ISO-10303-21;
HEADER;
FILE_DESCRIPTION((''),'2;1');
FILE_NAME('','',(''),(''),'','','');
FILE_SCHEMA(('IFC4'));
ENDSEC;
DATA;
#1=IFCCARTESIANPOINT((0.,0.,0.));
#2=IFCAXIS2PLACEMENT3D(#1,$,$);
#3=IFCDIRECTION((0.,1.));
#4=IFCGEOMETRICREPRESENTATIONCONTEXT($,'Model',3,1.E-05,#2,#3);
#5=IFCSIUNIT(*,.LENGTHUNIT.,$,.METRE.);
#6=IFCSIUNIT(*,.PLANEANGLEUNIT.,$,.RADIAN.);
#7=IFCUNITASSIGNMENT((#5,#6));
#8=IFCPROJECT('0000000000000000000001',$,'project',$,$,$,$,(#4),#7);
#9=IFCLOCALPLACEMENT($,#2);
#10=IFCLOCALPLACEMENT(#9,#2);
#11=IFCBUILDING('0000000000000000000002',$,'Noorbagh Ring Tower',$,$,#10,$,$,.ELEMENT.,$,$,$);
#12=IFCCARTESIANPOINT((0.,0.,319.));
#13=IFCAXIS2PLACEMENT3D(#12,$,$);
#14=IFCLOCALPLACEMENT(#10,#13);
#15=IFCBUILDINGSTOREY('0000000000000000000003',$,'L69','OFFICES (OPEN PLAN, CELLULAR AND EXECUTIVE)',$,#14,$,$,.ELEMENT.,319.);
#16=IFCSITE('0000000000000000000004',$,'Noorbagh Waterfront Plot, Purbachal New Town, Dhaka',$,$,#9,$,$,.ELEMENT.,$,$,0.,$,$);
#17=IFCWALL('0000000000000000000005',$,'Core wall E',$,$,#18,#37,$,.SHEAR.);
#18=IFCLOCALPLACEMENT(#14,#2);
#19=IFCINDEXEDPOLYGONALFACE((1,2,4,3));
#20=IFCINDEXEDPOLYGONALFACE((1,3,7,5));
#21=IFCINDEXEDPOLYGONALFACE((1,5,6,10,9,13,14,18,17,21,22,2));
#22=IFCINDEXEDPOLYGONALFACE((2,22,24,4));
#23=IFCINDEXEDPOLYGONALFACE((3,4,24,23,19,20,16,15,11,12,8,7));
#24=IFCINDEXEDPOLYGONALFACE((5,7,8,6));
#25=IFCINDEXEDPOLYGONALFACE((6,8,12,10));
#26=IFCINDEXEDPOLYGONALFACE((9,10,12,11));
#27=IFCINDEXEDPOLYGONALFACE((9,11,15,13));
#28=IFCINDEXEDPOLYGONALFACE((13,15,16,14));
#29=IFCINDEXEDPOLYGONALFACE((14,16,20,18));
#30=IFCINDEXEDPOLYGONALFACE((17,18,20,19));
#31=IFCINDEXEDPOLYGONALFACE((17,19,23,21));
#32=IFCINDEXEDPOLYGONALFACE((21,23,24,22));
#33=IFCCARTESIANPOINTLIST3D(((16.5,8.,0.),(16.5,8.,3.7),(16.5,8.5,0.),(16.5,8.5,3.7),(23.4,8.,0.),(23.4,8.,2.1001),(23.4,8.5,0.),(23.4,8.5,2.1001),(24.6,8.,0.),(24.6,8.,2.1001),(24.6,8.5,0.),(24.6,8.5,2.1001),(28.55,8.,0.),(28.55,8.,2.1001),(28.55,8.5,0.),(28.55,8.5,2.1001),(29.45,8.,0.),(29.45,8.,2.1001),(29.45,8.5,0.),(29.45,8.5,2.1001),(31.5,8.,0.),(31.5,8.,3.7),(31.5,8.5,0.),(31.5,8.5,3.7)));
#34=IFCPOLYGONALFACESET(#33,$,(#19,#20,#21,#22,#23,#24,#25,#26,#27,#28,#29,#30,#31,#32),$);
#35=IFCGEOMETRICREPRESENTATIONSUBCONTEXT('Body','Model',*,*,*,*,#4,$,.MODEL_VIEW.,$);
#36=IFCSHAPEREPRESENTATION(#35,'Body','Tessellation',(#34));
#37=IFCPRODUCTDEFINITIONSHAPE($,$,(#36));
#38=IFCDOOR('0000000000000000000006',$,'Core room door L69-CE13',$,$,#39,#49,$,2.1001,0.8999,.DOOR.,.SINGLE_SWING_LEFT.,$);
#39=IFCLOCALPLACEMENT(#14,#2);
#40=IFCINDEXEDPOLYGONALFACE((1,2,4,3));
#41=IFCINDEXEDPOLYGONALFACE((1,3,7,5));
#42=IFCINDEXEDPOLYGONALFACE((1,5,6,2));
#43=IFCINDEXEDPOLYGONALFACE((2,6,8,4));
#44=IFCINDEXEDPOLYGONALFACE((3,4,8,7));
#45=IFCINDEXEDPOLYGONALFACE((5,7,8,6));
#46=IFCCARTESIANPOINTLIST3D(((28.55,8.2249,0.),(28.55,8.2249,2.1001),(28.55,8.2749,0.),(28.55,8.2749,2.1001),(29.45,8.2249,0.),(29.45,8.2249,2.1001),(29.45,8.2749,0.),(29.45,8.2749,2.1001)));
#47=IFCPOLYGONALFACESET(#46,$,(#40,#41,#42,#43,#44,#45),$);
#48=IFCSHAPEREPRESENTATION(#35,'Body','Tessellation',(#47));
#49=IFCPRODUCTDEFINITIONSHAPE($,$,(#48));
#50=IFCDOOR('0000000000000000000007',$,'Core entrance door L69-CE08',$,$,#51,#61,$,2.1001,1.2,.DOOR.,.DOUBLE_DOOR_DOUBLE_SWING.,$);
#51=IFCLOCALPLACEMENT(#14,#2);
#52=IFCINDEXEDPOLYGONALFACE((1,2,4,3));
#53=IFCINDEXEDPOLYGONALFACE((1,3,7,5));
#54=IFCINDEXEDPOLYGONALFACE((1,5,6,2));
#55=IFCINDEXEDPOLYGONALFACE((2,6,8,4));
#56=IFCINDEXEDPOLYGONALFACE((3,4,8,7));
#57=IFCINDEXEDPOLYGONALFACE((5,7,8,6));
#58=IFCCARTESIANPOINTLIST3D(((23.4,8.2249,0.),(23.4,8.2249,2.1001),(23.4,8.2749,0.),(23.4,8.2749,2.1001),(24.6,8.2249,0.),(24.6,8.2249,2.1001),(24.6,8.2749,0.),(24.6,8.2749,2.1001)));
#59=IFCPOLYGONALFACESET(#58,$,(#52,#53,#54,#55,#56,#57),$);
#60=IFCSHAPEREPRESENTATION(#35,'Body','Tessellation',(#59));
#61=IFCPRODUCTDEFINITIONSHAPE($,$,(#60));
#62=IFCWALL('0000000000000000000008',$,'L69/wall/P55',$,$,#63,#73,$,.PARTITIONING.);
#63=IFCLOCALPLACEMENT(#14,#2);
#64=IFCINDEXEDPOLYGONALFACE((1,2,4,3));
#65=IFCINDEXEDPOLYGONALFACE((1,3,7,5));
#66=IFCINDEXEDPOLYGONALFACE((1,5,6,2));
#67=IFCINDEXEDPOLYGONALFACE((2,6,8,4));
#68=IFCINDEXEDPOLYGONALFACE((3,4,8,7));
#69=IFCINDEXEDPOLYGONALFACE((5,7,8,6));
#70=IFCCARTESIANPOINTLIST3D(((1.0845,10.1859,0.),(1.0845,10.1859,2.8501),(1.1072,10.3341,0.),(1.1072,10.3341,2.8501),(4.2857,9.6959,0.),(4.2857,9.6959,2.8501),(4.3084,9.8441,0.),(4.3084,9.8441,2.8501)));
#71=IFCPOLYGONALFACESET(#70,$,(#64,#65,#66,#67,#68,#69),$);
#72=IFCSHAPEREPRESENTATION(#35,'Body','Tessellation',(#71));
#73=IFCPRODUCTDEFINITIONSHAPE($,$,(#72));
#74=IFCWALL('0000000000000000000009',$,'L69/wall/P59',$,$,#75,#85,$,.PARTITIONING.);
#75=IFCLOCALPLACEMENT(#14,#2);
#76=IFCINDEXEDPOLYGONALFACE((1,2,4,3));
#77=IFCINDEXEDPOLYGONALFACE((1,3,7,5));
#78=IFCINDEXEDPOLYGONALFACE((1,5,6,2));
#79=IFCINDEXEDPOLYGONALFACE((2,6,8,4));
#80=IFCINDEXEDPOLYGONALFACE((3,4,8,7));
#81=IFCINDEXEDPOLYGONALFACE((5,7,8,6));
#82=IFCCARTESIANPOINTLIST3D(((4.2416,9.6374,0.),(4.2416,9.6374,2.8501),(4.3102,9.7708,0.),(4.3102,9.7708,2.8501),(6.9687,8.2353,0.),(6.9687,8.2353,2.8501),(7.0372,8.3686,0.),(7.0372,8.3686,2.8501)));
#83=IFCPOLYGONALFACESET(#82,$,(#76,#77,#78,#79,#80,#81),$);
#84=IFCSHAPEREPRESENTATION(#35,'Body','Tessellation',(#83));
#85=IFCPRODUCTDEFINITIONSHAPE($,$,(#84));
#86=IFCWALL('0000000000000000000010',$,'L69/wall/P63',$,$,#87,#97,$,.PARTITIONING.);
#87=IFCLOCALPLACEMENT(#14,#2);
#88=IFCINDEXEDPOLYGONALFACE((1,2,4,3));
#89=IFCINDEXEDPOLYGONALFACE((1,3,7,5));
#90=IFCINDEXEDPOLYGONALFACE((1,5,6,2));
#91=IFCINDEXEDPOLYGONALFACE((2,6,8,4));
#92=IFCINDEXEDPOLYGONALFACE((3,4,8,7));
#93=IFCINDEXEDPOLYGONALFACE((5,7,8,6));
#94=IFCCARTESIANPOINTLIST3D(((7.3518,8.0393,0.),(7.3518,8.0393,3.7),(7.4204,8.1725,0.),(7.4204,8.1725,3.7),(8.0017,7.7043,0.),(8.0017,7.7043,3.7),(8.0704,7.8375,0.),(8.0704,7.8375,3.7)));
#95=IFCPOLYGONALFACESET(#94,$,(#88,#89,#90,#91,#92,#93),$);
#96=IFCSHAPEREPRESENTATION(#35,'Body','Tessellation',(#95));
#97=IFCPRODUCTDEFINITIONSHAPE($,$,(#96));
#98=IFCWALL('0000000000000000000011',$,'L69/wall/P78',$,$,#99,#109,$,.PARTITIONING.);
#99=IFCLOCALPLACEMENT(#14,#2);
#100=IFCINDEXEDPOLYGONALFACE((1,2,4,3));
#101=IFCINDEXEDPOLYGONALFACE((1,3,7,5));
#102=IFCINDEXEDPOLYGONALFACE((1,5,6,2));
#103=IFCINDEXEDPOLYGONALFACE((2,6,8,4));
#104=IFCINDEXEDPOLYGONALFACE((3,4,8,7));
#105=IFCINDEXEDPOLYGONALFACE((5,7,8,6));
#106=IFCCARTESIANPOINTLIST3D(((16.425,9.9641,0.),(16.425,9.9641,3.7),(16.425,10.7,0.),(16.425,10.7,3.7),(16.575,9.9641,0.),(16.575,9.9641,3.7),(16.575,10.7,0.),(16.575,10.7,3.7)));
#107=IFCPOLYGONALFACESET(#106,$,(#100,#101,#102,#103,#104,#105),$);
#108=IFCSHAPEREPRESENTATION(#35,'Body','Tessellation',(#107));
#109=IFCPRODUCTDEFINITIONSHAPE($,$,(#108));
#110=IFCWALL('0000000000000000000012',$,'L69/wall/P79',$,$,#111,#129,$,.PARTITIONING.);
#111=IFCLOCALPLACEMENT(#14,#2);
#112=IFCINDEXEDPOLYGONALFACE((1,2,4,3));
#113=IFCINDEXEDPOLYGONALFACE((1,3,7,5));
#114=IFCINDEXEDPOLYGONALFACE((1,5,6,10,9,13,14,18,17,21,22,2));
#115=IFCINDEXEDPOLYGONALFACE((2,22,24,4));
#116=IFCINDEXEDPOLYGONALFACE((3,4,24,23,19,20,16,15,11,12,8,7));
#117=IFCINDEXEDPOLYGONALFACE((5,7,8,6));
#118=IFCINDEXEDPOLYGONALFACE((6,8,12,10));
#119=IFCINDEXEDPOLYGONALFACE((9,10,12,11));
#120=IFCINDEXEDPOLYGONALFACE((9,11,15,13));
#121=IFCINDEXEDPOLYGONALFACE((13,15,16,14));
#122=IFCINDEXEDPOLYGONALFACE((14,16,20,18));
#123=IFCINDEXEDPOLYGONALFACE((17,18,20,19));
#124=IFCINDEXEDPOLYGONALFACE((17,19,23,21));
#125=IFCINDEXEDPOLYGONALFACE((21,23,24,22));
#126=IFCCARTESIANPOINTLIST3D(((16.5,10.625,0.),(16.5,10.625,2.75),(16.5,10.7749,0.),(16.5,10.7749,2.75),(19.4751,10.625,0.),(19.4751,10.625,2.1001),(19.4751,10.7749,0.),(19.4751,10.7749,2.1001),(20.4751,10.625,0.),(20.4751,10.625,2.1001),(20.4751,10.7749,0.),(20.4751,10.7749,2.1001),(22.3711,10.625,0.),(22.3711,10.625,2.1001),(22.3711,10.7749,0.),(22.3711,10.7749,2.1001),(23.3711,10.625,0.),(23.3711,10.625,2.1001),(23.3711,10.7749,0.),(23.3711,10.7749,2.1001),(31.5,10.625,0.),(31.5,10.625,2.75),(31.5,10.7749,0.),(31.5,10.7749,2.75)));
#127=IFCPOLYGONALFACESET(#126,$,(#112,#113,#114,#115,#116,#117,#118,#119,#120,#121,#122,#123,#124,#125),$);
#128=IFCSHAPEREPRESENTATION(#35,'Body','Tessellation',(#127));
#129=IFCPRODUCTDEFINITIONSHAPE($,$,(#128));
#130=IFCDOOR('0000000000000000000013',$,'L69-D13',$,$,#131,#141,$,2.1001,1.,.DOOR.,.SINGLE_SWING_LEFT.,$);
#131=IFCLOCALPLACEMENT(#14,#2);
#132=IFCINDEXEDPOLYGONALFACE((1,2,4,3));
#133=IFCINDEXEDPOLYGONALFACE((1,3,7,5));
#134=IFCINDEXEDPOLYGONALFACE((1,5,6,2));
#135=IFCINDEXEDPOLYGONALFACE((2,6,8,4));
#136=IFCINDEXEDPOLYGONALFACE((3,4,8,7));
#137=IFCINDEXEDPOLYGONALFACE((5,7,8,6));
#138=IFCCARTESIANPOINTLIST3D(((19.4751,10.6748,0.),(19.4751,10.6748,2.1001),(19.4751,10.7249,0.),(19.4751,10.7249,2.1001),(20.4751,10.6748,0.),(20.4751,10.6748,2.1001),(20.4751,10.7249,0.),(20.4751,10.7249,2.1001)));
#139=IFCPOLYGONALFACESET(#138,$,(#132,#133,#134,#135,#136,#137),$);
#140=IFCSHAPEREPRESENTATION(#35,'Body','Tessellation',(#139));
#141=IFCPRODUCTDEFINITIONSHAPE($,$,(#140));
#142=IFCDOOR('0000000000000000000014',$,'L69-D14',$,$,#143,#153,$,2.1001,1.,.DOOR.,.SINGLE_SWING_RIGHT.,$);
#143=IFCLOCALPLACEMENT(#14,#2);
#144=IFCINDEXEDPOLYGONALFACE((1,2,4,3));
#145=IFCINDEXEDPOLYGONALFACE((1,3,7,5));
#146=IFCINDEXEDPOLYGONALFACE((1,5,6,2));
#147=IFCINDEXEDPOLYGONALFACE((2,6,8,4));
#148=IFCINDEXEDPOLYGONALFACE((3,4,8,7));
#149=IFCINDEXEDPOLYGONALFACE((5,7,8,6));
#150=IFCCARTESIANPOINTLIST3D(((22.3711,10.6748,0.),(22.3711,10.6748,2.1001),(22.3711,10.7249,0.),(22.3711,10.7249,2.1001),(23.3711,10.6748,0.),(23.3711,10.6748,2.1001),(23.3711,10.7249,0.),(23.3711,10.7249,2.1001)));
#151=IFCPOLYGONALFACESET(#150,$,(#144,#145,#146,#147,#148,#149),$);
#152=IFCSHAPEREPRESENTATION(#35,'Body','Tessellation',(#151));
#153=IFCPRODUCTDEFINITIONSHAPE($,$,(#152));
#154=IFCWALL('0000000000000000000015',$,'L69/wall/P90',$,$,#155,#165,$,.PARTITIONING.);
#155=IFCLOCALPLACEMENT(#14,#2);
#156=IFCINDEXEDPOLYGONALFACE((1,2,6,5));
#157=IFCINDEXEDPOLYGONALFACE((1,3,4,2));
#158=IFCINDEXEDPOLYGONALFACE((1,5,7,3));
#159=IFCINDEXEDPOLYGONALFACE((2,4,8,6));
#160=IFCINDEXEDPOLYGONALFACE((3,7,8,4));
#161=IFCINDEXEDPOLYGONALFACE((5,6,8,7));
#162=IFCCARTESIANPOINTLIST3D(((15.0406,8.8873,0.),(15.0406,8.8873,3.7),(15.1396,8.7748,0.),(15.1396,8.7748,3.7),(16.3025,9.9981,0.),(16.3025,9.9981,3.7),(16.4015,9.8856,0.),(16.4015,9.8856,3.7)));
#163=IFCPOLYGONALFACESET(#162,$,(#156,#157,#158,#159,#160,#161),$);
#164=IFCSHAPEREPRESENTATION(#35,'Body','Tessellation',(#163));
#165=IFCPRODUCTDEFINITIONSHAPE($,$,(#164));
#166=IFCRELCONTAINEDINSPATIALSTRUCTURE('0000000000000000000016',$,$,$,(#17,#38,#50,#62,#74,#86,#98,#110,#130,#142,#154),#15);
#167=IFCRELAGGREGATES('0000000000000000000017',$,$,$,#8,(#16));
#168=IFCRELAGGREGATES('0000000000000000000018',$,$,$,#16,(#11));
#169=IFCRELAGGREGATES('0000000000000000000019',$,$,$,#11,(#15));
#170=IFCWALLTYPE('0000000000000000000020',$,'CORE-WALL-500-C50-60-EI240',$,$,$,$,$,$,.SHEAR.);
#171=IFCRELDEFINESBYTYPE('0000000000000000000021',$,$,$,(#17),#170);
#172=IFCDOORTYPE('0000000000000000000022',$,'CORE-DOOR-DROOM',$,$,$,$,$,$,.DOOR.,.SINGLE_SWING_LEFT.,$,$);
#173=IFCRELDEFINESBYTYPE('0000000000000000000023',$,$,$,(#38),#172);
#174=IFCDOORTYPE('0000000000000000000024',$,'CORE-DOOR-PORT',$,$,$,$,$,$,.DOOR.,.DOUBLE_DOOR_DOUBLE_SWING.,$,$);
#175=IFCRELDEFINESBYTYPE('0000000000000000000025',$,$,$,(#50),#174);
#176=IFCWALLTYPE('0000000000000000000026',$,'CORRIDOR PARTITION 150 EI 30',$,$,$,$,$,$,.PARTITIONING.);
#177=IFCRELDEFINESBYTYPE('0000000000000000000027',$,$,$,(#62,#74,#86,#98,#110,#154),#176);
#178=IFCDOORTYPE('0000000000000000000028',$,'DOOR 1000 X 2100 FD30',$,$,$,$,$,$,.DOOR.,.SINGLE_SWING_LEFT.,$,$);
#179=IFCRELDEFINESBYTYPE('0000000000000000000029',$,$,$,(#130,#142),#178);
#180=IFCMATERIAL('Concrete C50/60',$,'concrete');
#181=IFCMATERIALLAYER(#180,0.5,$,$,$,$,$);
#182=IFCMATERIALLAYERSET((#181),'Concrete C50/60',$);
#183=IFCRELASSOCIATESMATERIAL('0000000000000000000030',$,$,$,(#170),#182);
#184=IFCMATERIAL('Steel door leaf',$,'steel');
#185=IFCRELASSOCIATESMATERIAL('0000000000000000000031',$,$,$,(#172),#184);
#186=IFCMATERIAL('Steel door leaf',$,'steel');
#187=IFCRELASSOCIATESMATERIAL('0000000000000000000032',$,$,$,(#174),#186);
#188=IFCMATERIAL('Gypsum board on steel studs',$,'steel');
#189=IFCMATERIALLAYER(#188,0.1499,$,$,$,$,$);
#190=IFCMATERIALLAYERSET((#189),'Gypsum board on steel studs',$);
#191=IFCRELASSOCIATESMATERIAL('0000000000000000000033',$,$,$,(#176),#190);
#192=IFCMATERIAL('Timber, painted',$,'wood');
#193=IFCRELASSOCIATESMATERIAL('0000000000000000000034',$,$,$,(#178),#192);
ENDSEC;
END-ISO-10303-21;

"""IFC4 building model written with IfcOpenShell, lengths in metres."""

from ifc_helpers import new_model, si_unit, direction, frame, frame_2d, origin, place, context, subcontext, project, spatial, rectangle, extrude, material, layer, layer_set, type_object, element, fill, save


model = new_model("IFC4")

# Units and contexts
model_context = context("Model", 3, precision=1e-05, world=origin(), true_north=direction((0.0, 1.0)))
body_context = subcontext(model_context, "Body", "Model", "MODEL_VIEW")
ifc_project = project(units=[si_unit("LENGTHUNIT", "METRE"), si_unit("PLANEANGLEUNIT", "RADIAN")], contexts=[model_context])

# Site, building, storey
site_placement = place(None, origin())
site = spatial("IfcSite", under=ifc_project, at=site_placement, Name="Noorbagh Waterfront Plot, Purbachal New Town, Dhaka", CompositionType="ELEMENT", RefElevation=0.0)
building_placement = place(site_placement, origin())
building = spatial("IfcBuilding", under=site, at=building_placement, Name="Noorbagh Ring Tower", CompositionType="ELEMENT")
storey_placement = place(building_placement, frame((0.0, 0.0, 319.0)))
storey = spatial("IfcBuildingStorey", under=building, at=storey_placement, Name="L69", Description="OFFICES (OPEN PLAN, CELLULAR AND EXECUTIVE)", CompositionType="ELEMENT", Elevation=319.0)

# Wall, openings, doors
ifc_material_1 = material(Name="Concrete C50/60", Category="concrete")
ifc_layer_1 = layer(ifc_material_1, 0.5)
ifc_layer_set_1 = layer_set([ifc_layer_1], Name="Concrete C50/60")
wall_type_1 = type_object("IfcWallType", Name="CORE-WALL-500-C50-60-EI240", PredefinedType="SHEAR", material=ifc_layer_set_1)
wall_1_placement = place(storey_placement, frame((16.5, 8.25, 0.0), z_axis=(0.0, 0.0, 1.0), x_axis=(1.0, 0.0, 0.0)))
wall_1 = element("IfcWall", 1, at=wall_1_placement, inside=storey, type_object=wall_type_1, Name="Core wall E", PredefinedType="SHEAR", context=body_context, shape_type="SweptSolid", body=[
    extrude(rectangle(XDim=15.0, YDim=0.5, at=frame_2d((7.5, 0.0))), origin(), (0.0, 0.0, 1.0), 3.7),
])
opening_1_placement = place(wall_1_placement, frame((6.8999, 0.0, 0.0)))
opening_1 = element("IfcOpeningElement", 2, at=opening_1_placement, cuts=wall_1, PredefinedType="OPENING", context=body_context, shape_type="SweptSolid", body=[
    extrude(rectangle(XDim=1.2, YDim=2.1001, at=frame_2d((0.6001, 1.05))), frame((0.0, 0.26, 0.0), z_axis=(0.0, -1.0, 0.0), x_axis=(1.0, 0.0, 0.0)), (0.0, 0.0, 1.0), 0.52),
])
opening_2_placement = place(wall_1_placement, frame((12.05, 0.0, 0.0)))
opening_2 = element("IfcOpeningElement", 3, at=opening_2_placement, cuts=wall_1, PredefinedType="OPENING", context=body_context, shape_type="SweptSolid", body=[
    extrude(rectangle(XDim=0.8999, YDim=2.1001, at=frame_2d((0.45, 1.05))), frame((0.0, 0.26, 0.0), z_axis=(0.0, -1.0, 0.0), x_axis=(1.0, 0.0, 0.0)), (0.0, 0.0, 1.0), 0.52),
])
ifc_material_2 = material(Name="Steel door leaf", Category="steel")
door_type_1 = type_object("IfcDoorType", Name="CORE-DOOR-DROOM", OperationType="SINGLE_SWING_LEFT", PredefinedType="DOOR", material=ifc_material_2)
door_1_placement = place(opening_2_placement, origin())
door_1 = element("IfcDoor", 4, at=door_1_placement, inside=storey, type_object=door_type_1, Name="Core room door L69-CE13", OperationType="SINGLE_SWING_LEFT", OverallHeight=2.1001, OverallWidth=0.8999, PredefinedType="DOOR", context=body_context, shape_type="SweptSolid", body=[
    extrude(rectangle(XDim=0.8999, YDim=2.1001, at=frame_2d((0.45, 1.05))), frame((0.0, 0.0249, 0.0), z_axis=(0.0, -1.0, 0.0), x_axis=(1.0, 0.0, 0.0)), (0.0, 0.0, 1.0), 0.05),
])
fill(opening_2, door_1)
ifc_material_3 = material(Name="Steel door leaf", Category="steel")
door_type_2 = type_object("IfcDoorType", Name="CORE-DOOR-PORT", OperationType="DOUBLE_DOOR_DOUBLE_SWING", PredefinedType="DOOR", material=ifc_material_3)
door_2_placement = place(opening_1_placement, origin())
door_2 = element("IfcDoor", 5, at=door_2_placement, inside=storey, type_object=door_type_2, Name="Core entrance door L69-CE08", OperationType="DOUBLE_DOOR_DOUBLE_SWING", OverallHeight=2.1001, OverallWidth=1.2, PredefinedType="DOOR", context=body_context, shape_type="SweptSolid", body=[
    extrude(rectangle(XDim=1.2, YDim=2.1001, at=frame_2d((0.6001, 1.05))), frame((0.0, 0.0249, 0.0), z_axis=(0.0, -1.0, 0.0), x_axis=(1.0, 0.0, 0.0)), (0.0, 0.0, 1.0), 0.05),
])
fill(opening_1, door_2)

# Walls
ifc_material_4 = material(Name="Gypsum board on steel studs", Category="steel")
ifc_layer_2 = layer(ifc_material_4, 0.1499)
ifc_layer_set_2 = layer_set([ifc_layer_2], Name="Gypsum board on steel studs")
wall_type_2 = type_object("IfcWallType", Name="CORRIDOR PARTITION 150 EI 30", PredefinedType="PARTITIONING", material=ifc_layer_set_2)
wall_2_placement = place(storey_placement, frame((1.0959, 10.26, 0.0), z_axis=(0.0, 0.0, 1.0), x_axis=(0.988487, -0.151304, 0.0)))
element("IfcWall", 6, at=wall_2_placement, inside=storey, type_object=wall_type_2, Name="L69/wall/P55", PredefinedType="PARTITIONING", context=body_context, shape_type="SweptSolid", body=[
    extrude(rectangle(XDim=3.2385, YDim=0.1499, at=frame_2d((1.6191, 0.0))), origin(), (0.0, 0.0, 1.0), 2.8501),
])
wall_3_placement = place(storey_placement, frame((4.2759, 9.7041, 0.0), z_axis=(0.0, 0.0, 1.0), x_axis=(0.889339, -0.457249, 0.0)))
element("IfcWall", 7, at=wall_3_placement, inside=storey, type_object=wall_type_2, Name="L69/wall/P59", PredefinedType="PARTITIONING", context=body_context, shape_type="SweptSolid", body=[
    extrude(rectangle(XDim=3.0664, YDim=0.1499, at=frame_2d((1.5332, 0.0))), origin(), (0.0, 0.0, 1.0), 2.8501),
])
wall_4_placement = place(storey_placement, frame((7.386, 8.106, 0.0), z_axis=(0.0, 0.0, 1.0), x_axis=(0.888884, -0.458133, 0.0)))
element("IfcWall", 8, at=wall_4_placement, inside=storey, type_object=wall_type_2, Name="L69/wall/P63", PredefinedType="PARTITIONING", context=body_context, shape_type="SweptSolid", body=[
    extrude(rectangle(XDim=0.7312, YDim=0.1499, at=frame_2d((0.3657, 0.0))), origin(), (0.0, 0.0, 1.0), 3.7),
])
wall_5_placement = place(storey_placement, frame((16.5, 9.9641, 0.0), z_axis=(0.0, 0.0, 1.0), x_axis=(0.0, 1.0, 0.0)))
element("IfcWall", 9, at=wall_5_placement, inside=storey, type_object=wall_type_2, Name="L69/wall/P78", PredefinedType="PARTITIONING", context=body_context, shape_type="SweptSolid", body=[
    extrude(rectangle(XDim=0.7358, YDim=0.1499, at=frame_2d((0.3679, 0.0))), origin(), (0.0, 0.0, 1.0), 3.7),
])

# Wall, openings, doors
wall_6_placement = place(storey_placement, frame((16.5, 10.7, 0.0), z_axis=(0.0, 0.0, 1.0), x_axis=(1.0, 0.0, 0.0)))
wall_6 = element("IfcWall", 10, at=wall_6_placement, inside=storey, type_object=wall_type_2, Name="L69/wall/P79", PredefinedType="PARTITIONING", context=body_context, shape_type="SweptSolid", body=[
    extrude(rectangle(XDim=15.0, YDim=0.1499, at=frame_2d((7.5, 0.0))), origin(), (0.0, 0.0, 1.0), 2.75),
])
opening_3_placement = place(wall_6_placement, frame((2.9751, 0.0, 0.0)))
opening_3 = element("IfcOpeningElement", 11, at=opening_3_placement, cuts=wall_6, PredefinedType="OPENING", context=body_context, shape_type="SweptSolid", body=[
    extrude(rectangle(XDim=1.0, YDim=2.1001, at=frame_2d((0.5, 1.05))), frame((0.0, 0.085, 0.0), z_axis=(0.0, -1.0, 0.0), x_axis=(1.0, 0.0, 0.0)), (0.0, 0.0, 1.0), 0.1699),
])
opening_4_placement = place(wall_6_placement, frame((5.8711, 0.0, 0.0)))
opening_4 = element("IfcOpeningElement", 12, at=opening_4_placement, cuts=wall_6, PredefinedType="OPENING", context=body_context, shape_type="SweptSolid", body=[
    extrude(rectangle(XDim=1.0, YDim=2.1001, at=frame_2d((0.5, 1.05))), frame((0.0, 0.085, 0.0), z_axis=(0.0, -1.0, 0.0), x_axis=(1.0, 0.0, 0.0)), (0.0, 0.0, 1.0), 0.1699),
])
ifc_material_5 = material(Name="Timber, painted", Category="wood")
door_type_3 = type_object("IfcDoorType", Name="DOOR 1000 X 2100 FD30", OperationType="SINGLE_SWING_LEFT", PredefinedType="DOOR", material=ifc_material_5)
door_3_placement = place(opening_3_placement, origin())
door_3 = element("IfcDoor", 13, at=door_3_placement, inside=storey, type_object=door_type_3, Name="L69-D13", OperationType="SINGLE_SWING_LEFT", OverallHeight=2.1001, OverallWidth=1.0, PredefinedType="DOOR", context=body_context, shape_type="SweptSolid", body=[
    extrude(rectangle(XDim=1.0, YDim=2.1001, at=frame_2d((0.5, 1.05))), frame((0.0, 0.0249, 0.0), z_axis=(0.0, -1.0, 0.0), x_axis=(1.0, 0.0, 0.0)), (0.0, 0.0, 1.0), 0.05),
])
fill(opening_3, door_3)
door_4_placement = place(opening_4_placement, origin())
door_4 = element("IfcDoor", 14, at=door_4_placement, inside=storey, type_object=door_type_3, Name="L69-D14", OperationType="SINGLE_SWING_RIGHT", OverallHeight=2.1001, OverallWidth=1.0, PredefinedType="DOOR", context=body_context, shape_type="SweptSolid", body=[
    extrude(rectangle(XDim=1.0, YDim=2.1001, at=frame_2d((0.5, 1.05))), frame((0.0, 0.0249, 0.0), z_axis=(0.0, -1.0, 0.0), x_axis=(1.0, 0.0, 0.0)), (0.0, 0.0, 1.0), 0.05),
])
fill(opening_4, door_4)

# Wall
wall_7_placement = place(storey_placement, frame((15.0901, 8.8311, 0.0), z_axis=(0.0, 0.0, 1.0), x_axis=(0.750621, 0.660733, 0.0)))
element("IfcWall", 15, at=wall_7_placement, inside=storey, type_object=wall_type_2, Name="L69/wall/P90", PredefinedType="PARTITIONING", context=body_context, shape_type="SweptSolid", body=[
    extrude(rectangle(XDim=1.6812, YDim=0.1499, at=frame_2d((0.8406, 0.0))), origin(), (0.0, 0.0, 1.0), 3.7),
])

save(model, "model.ifc")
